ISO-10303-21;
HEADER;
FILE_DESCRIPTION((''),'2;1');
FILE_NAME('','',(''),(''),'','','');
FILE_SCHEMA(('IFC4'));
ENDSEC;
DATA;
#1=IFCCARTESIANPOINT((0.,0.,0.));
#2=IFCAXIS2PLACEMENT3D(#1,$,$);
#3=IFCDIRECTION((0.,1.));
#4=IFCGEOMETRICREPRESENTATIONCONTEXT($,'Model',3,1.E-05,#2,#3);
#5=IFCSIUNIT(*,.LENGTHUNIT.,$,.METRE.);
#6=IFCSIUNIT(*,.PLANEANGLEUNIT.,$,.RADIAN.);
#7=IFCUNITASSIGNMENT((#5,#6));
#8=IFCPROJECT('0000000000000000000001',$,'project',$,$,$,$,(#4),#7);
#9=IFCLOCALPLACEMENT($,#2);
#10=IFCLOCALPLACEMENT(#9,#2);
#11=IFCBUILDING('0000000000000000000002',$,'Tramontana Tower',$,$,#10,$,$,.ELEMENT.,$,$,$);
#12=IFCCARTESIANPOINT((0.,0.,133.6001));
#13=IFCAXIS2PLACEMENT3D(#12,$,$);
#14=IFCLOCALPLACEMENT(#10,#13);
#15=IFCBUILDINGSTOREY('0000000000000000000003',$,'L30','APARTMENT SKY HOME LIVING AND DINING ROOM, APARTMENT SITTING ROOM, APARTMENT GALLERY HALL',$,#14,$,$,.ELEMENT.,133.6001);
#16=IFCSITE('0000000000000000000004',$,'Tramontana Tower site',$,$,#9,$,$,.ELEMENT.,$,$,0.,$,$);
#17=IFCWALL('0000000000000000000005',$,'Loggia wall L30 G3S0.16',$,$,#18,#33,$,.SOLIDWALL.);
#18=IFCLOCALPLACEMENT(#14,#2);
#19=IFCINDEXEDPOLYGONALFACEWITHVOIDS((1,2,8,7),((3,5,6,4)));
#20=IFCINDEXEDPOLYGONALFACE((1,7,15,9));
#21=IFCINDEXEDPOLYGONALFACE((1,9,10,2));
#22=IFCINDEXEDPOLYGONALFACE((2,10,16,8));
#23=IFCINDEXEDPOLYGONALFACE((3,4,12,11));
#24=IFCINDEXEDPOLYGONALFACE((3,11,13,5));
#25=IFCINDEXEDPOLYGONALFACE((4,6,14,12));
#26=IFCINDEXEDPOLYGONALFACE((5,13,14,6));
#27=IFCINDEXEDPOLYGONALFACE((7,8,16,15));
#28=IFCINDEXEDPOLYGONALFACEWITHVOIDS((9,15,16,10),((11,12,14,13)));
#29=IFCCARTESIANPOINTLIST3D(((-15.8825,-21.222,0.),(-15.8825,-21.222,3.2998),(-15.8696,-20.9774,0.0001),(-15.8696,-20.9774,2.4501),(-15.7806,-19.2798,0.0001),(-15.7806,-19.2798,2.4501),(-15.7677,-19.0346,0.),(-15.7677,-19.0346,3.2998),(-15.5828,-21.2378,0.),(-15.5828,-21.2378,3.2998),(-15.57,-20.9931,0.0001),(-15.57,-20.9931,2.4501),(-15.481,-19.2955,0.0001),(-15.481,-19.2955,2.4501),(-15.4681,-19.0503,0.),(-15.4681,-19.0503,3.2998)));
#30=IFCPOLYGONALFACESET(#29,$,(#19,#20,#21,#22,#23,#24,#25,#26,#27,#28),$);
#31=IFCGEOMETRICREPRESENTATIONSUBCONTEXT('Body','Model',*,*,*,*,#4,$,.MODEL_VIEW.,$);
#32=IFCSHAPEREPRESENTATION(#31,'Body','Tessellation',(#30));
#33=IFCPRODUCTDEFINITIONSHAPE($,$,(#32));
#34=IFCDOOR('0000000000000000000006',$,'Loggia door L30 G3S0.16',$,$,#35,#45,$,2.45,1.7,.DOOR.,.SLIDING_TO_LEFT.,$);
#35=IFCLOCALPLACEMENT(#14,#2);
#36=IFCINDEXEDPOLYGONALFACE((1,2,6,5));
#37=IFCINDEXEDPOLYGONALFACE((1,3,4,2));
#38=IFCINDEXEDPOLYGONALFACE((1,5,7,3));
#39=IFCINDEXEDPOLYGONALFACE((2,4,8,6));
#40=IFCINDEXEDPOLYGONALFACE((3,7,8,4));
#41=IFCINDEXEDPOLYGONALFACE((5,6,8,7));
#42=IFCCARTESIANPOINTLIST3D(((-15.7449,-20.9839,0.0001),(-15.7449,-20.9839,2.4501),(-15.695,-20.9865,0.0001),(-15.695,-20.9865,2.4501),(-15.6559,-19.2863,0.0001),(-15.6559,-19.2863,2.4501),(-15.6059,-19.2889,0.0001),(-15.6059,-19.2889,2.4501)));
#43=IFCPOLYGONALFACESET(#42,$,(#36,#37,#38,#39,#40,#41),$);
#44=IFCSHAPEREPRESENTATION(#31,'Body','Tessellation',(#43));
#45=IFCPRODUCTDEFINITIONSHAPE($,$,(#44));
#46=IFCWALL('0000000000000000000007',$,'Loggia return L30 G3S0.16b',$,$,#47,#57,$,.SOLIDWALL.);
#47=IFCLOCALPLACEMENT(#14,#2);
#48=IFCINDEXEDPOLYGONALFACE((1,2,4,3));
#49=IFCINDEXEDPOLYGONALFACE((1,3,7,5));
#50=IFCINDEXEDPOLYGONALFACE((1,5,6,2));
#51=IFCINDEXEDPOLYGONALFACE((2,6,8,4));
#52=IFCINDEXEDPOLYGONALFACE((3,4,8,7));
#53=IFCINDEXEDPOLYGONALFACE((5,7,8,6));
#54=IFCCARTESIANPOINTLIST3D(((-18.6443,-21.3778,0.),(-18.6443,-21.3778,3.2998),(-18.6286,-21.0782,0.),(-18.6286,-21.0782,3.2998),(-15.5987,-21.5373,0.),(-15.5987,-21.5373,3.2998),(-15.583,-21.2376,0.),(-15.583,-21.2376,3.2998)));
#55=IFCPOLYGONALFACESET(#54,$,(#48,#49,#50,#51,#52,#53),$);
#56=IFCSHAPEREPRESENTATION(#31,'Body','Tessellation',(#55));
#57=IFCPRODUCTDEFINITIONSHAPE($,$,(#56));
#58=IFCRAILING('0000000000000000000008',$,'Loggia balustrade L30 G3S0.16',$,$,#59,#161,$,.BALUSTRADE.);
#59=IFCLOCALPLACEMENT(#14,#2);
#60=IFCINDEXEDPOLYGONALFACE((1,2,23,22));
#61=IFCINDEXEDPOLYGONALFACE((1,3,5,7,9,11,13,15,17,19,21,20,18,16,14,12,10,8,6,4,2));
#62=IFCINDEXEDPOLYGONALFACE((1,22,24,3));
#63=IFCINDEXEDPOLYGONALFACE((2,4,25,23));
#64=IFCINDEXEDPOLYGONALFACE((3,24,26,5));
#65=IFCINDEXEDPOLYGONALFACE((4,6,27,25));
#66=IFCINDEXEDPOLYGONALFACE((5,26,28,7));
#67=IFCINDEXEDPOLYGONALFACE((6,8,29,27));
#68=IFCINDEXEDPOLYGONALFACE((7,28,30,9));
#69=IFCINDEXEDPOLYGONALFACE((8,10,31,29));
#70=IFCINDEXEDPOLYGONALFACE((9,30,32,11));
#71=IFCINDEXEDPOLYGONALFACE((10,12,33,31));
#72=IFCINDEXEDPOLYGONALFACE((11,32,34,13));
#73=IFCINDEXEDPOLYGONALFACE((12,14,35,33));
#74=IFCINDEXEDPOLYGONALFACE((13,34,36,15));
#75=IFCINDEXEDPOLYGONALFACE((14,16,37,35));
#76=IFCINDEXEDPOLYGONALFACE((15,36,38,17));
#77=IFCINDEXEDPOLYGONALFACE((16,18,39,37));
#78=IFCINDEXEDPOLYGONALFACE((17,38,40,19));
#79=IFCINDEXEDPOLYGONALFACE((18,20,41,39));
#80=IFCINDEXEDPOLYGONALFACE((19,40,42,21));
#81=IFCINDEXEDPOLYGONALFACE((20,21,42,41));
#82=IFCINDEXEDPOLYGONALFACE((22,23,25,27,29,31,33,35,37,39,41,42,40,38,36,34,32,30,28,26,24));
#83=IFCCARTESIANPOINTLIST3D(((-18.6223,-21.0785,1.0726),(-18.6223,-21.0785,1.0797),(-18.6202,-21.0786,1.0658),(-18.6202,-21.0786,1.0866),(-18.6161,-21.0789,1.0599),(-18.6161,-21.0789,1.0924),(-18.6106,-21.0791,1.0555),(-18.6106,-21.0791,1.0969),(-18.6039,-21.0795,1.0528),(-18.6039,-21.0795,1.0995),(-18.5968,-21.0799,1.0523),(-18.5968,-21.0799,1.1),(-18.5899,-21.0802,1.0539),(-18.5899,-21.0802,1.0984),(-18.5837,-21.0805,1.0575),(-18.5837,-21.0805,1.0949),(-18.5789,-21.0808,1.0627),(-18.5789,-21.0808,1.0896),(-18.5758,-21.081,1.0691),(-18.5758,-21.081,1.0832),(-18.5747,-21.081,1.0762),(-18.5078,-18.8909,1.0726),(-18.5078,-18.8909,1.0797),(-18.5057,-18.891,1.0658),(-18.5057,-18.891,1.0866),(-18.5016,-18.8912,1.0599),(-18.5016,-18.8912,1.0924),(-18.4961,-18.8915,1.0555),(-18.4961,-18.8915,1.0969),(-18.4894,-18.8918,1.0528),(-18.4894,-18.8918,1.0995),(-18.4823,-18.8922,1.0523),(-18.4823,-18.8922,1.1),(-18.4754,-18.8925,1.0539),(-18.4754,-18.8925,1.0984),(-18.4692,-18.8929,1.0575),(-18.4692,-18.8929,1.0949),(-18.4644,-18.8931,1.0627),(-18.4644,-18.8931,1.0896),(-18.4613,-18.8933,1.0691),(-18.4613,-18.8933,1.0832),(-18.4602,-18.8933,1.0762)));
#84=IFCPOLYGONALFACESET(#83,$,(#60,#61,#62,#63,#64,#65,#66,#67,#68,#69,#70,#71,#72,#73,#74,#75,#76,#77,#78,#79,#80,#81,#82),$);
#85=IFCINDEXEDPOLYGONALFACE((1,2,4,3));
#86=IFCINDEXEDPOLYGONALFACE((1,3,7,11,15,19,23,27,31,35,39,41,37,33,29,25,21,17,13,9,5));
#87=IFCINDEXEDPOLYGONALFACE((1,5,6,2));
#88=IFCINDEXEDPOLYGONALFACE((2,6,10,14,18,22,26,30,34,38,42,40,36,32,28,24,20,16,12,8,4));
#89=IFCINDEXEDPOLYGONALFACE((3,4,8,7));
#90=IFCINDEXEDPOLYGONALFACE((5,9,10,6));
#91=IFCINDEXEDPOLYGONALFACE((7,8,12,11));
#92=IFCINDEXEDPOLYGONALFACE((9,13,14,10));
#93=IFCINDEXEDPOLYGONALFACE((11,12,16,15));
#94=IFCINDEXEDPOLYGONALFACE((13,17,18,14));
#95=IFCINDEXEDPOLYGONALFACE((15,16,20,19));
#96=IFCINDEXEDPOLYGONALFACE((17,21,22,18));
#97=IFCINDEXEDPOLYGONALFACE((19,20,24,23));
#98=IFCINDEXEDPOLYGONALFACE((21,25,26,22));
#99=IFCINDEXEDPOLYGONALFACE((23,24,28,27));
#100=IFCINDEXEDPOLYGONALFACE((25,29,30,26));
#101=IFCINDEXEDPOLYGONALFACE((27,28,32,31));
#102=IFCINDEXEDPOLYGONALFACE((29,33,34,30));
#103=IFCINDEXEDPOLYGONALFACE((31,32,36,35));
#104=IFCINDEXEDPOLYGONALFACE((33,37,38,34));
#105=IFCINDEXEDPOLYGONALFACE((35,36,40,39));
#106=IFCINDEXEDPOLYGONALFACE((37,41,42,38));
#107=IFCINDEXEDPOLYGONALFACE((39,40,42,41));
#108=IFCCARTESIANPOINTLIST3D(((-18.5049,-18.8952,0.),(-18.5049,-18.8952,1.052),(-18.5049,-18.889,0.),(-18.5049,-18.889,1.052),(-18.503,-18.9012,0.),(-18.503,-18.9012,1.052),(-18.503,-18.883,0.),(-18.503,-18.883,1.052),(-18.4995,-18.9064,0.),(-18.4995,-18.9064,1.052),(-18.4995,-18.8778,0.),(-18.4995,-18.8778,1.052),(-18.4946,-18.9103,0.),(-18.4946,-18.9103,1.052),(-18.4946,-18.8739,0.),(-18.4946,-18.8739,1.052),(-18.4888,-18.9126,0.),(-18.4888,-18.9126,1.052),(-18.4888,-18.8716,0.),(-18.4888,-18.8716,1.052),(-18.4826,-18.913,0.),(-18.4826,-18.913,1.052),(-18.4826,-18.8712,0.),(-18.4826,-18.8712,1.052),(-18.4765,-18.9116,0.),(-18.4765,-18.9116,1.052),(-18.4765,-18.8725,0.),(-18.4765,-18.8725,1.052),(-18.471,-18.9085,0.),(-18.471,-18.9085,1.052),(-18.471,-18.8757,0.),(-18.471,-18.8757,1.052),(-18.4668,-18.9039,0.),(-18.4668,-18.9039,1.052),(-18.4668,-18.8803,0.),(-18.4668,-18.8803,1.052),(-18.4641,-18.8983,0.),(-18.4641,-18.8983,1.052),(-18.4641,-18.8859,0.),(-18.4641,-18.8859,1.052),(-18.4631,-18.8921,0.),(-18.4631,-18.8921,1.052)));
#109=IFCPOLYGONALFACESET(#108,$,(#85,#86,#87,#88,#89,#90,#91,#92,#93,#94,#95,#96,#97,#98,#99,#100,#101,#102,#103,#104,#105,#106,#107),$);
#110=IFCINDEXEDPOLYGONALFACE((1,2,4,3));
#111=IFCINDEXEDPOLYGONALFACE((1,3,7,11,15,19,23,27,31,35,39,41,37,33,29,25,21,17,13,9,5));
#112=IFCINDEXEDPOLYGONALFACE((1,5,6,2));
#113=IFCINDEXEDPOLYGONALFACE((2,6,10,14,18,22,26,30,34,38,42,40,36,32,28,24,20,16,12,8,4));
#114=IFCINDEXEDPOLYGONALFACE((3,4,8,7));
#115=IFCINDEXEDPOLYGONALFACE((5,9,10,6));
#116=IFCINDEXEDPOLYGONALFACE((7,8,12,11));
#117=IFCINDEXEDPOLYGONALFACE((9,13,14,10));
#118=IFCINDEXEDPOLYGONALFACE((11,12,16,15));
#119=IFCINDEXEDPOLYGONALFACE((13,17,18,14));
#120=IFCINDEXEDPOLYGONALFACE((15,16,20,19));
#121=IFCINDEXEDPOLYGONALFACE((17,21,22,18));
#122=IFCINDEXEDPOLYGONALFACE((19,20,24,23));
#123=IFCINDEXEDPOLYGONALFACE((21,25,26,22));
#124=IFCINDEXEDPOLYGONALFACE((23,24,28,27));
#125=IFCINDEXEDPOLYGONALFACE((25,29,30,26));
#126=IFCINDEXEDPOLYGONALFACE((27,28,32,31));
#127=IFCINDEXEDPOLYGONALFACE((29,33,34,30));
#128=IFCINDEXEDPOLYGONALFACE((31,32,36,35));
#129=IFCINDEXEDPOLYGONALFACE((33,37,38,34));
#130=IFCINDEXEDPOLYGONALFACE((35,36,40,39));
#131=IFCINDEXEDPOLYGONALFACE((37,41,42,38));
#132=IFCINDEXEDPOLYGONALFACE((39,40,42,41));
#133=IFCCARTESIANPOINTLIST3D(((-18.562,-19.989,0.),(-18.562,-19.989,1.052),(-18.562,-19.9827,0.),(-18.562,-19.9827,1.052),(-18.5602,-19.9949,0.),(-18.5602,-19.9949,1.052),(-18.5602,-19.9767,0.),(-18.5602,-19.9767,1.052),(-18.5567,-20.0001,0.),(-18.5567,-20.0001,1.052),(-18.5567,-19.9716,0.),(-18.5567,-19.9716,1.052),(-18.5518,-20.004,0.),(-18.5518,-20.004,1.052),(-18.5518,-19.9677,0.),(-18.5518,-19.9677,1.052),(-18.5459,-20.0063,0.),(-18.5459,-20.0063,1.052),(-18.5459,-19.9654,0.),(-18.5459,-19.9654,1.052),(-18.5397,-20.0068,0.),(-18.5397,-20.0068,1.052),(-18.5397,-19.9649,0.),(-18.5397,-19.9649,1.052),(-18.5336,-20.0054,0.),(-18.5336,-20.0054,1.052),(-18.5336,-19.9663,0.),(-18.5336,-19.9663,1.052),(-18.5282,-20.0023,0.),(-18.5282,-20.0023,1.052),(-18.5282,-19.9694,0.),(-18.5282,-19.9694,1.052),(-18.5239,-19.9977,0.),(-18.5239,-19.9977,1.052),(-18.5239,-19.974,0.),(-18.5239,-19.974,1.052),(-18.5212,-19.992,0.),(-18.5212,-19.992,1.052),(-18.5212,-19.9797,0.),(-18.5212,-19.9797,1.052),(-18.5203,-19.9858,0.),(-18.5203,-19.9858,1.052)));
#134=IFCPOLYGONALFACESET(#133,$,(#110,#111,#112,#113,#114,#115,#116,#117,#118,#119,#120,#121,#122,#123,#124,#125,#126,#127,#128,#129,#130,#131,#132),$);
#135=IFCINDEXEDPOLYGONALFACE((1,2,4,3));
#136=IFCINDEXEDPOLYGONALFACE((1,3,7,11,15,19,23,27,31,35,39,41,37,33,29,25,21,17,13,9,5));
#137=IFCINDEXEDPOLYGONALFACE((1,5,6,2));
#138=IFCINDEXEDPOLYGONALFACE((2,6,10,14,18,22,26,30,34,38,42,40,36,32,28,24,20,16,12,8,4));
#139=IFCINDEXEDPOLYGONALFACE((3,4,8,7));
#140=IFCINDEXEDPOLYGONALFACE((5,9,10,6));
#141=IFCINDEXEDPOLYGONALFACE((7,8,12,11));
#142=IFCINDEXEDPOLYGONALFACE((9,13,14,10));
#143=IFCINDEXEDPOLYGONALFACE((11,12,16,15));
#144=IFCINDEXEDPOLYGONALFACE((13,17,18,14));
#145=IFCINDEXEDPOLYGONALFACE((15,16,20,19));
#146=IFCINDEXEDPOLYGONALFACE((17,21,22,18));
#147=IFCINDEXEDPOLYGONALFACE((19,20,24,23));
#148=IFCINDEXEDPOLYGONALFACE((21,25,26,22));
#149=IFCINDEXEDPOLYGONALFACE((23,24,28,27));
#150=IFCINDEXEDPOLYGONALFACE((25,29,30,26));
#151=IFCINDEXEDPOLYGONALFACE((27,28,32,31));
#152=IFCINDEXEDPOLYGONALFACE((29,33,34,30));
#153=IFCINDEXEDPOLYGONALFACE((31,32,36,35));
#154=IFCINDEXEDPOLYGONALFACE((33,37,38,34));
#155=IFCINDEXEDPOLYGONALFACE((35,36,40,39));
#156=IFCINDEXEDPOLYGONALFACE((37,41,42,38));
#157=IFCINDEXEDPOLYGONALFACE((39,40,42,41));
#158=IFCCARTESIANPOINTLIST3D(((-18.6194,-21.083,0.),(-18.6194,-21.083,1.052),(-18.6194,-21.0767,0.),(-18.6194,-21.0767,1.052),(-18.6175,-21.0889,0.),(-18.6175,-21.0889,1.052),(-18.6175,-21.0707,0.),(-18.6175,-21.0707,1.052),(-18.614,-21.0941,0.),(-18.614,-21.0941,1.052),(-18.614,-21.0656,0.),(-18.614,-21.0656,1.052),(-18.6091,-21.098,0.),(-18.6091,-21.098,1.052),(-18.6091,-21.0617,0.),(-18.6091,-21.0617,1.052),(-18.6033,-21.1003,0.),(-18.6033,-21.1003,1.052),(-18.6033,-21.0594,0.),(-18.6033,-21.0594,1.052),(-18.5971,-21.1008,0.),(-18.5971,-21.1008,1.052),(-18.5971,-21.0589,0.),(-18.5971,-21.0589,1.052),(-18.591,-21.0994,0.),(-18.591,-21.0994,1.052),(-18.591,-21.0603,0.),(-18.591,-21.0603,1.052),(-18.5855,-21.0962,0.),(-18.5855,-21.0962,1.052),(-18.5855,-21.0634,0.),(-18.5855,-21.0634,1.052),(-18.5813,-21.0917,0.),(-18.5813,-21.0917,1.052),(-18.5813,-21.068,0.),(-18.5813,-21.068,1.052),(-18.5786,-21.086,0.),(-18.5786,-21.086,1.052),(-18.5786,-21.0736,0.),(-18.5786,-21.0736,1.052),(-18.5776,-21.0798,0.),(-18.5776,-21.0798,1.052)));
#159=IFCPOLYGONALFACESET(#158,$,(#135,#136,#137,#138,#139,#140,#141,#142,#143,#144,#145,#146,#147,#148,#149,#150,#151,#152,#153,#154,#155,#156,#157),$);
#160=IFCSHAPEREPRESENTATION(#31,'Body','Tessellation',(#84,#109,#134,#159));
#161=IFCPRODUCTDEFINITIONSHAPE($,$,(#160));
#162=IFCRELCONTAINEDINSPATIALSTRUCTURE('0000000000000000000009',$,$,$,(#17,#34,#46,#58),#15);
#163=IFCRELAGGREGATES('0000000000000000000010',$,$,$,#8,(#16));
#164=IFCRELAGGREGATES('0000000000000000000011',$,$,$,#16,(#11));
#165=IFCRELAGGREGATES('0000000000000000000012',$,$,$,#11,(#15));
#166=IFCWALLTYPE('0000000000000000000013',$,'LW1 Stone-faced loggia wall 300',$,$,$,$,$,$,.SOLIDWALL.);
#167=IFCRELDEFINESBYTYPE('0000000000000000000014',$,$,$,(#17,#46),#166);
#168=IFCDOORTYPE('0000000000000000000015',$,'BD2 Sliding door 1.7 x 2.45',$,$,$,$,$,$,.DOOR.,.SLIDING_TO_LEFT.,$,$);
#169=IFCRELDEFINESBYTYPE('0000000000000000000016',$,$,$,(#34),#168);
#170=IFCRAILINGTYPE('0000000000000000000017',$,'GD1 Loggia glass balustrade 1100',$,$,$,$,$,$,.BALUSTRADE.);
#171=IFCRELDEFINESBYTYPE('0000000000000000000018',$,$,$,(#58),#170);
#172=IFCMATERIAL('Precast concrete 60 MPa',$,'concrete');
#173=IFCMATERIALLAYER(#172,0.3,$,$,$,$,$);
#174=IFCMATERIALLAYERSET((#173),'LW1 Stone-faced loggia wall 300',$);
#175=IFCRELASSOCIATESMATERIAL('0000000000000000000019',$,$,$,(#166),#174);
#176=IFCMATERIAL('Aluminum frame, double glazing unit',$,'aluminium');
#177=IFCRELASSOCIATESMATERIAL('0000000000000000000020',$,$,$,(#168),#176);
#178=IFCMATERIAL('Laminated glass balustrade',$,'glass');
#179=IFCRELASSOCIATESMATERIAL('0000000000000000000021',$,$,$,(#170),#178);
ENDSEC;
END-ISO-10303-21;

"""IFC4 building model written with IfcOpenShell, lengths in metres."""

from ifc_helpers import new_model, si_unit, direction, frame, frame_2d, origin, origin_2d, place, context, subcontext, project, spatial, rectangle, circle, extrude, material, layer, layer_set, type_object, element, fill, save


model = new_model("IFC4")

# Units and contexts
model_context = context("Model", 3, precision=1e-05, world=origin(), true_north=direction((0.0, 1.0)))
body_context = subcontext(model_context, "Body", "Model", "MODEL_VIEW")
ifc_project = project(units=[si_unit("LENGTHUNIT", "METRE"), si_unit("PLANEANGLEUNIT", "RADIAN")], contexts=[model_context])

# Site, building, storey
site_placement = place(None, origin())
site = spatial("IfcSite", under=ifc_project, at=site_placement, Name="Tramontana Tower site", CompositionType="ELEMENT", RefElevation=0.0)
building_placement = place(site_placement, origin())
building = spatial("IfcBuilding", under=site, at=building_placement, Name="Tramontana Tower", CompositionType="ELEMENT")
storey_placement = place(building_placement, frame((0.0, 0.0, 133.6001)))
storey = spatial("IfcBuildingStorey", under=building, at=storey_placement, Name="L30", Description="APARTMENT SKY HOME LIVING AND DINING ROOM, APARTMENT SITTING ROOM, APARTMENT GALLERY HALL", CompositionType="ELEMENT", Elevation=133.6001)

# Wall, opening, door
ifc_material_1 = material(Name="Precast concrete 60 MPa", Category="concrete")
ifc_layer_1 = layer(ifc_material_1, 0.3)
ifc_layer_set_1 = layer_set([ifc_layer_1], Name="LW1 Stone-faced loggia wall 300")
wall_type_1 = type_object("IfcWallType", Name="LW1 Stone-faced loggia wall 300", PredefinedType="SOLIDWALL", material=ifc_layer_set_1)
wall_1_placement = place(storey_placement, frame((-15.6179, -19.0425, 0.0), z_axis=(0.0, 0.0, 1.0), x_axis=(-0.052383, -0.998627, 0.0)))
wall_1 = element("IfcWall", 1, at=wall_1_placement, inside=storey, type_object=wall_type_1, Name="Loggia wall L30 G3S0.16", PredefinedType="SOLIDWALL", context=body_context, shape_type="SweptSolid", body=[
    extrude(rectangle(XDim=2.1904, YDim=0.3, at=frame_2d((1.0952, 0.0))), origin(), (0.0, 0.0, 1.0), 3.2998),
])
opening_1_placement = place(wall_1_placement, frame((0.2454, 0.0, 0.0)))
opening_1 = element("IfcOpeningElement", 2, at=opening_1_placement, cuts=wall_1, PredefinedType="OPENING", context=body_context, shape_type="SweptSolid", body=[
    extrude(rectangle(XDim=1.7, YDim=2.45, at=frame_2d((0.8501, 1.2251))), frame((0.0, 0.1599, 0.0), z_axis=(0.0, -1.0, 0.0), x_axis=(1.0, 0.0, 0.0)), (0.0, 0.0, 1.0), 0.3201),
])
ifc_material_2 = material(Name="Aluminum frame, double glazing unit", Category="aluminium")
door_type_1 = type_object("IfcDoorType", Name="BD2 Sliding door 1.7 x 2.45", OperationType="SLIDING_TO_LEFT", PredefinedType="DOOR", material=ifc_material_2)
door_1_placement = place(opening_1_placement, origin())
door_1 = element("IfcDoor", 3, at=door_1_placement, inside=storey, type_object=door_type_1, Name="Loggia door L30 G3S0.16", OperationType="SLIDING_TO_LEFT", OverallHeight=2.45, OverallWidth=1.7, PredefinedType="DOOR", context=body_context, shape_type="SweptSolid", body=[
    extrude(rectangle(XDim=1.7, YDim=2.45, at=frame_2d((0.8501, 1.2251))), frame((0.0, 0.0249, 0.0), z_axis=(0.0, -1.0, 0.0), x_axis=(1.0, 0.0, 0.0)), (0.0, 0.0, 1.0), 0.05),
])
fill(opening_1, door_1)

# Wall
wall_2_placement = place(storey_placement, frame((-18.6365, -21.228, 0.0), z_axis=(0.0, 0.0, 1.0), x_axis=(0.998633, -0.052273, 0.0)))
element("IfcWall", 4, at=wall_2_placement, inside=storey, type_object=wall_type_1, Name="Loggia return L30 G3S0.16b", PredefinedType="SOLIDWALL", context=body_context, shape_type="SweptSolid", body=[
    extrude(rectangle(XDim=3.0498, YDim=0.3, at=frame_2d((1.5249, 0.0))), origin(), (0.0, 0.0, 1.0), 3.2998),
])

# Railing
ifc_material_3 = material(Name="Laminated glass balustrade", Category="glass")
railing_type = type_object("IfcRailingType", Name="GD1 Loggia glass balustrade 1100", PredefinedType="BALUSTRADE", material=ifc_material_3)
railing_1_placement = place(storey_placement, frame((-18.4841, -18.8921, 0.0)))
element("IfcRailing", 5, at=railing_1_placement, inside=storey, type_object=railing_type, Name="Loggia balustrade L30 G3S0.16", PredefinedType="BALUSTRADE", context=body_context, shape_type="SweptSolid", body=[
    extrude(circle(Radius=0.0239, at=origin_2d()), frame((0.0, 0.0, 1.0762), z_axis=(-0.052266, -0.998633, 0.0), x_axis=(0.998633, -0.052266, 0.0)), (0.0, 0.0, 1.0), 2.1907),
    extrude(circle(Radius=0.021, at=origin_2d()), origin(), (0.0, 0.0, 1.0), 1.052),
    extrude(circle(Radius=0.021, at=origin_2d()), frame((-0.0571, -1.0938, 0.0)), (0.0, 0.0, 1.0), 1.052),
    extrude(circle(Radius=0.021, at=origin_2d()), frame((-0.1145, -2.1877, 0.0)), (0.0, 0.0, 1.0), 1.052),
])

save(model, "model.ifc")
